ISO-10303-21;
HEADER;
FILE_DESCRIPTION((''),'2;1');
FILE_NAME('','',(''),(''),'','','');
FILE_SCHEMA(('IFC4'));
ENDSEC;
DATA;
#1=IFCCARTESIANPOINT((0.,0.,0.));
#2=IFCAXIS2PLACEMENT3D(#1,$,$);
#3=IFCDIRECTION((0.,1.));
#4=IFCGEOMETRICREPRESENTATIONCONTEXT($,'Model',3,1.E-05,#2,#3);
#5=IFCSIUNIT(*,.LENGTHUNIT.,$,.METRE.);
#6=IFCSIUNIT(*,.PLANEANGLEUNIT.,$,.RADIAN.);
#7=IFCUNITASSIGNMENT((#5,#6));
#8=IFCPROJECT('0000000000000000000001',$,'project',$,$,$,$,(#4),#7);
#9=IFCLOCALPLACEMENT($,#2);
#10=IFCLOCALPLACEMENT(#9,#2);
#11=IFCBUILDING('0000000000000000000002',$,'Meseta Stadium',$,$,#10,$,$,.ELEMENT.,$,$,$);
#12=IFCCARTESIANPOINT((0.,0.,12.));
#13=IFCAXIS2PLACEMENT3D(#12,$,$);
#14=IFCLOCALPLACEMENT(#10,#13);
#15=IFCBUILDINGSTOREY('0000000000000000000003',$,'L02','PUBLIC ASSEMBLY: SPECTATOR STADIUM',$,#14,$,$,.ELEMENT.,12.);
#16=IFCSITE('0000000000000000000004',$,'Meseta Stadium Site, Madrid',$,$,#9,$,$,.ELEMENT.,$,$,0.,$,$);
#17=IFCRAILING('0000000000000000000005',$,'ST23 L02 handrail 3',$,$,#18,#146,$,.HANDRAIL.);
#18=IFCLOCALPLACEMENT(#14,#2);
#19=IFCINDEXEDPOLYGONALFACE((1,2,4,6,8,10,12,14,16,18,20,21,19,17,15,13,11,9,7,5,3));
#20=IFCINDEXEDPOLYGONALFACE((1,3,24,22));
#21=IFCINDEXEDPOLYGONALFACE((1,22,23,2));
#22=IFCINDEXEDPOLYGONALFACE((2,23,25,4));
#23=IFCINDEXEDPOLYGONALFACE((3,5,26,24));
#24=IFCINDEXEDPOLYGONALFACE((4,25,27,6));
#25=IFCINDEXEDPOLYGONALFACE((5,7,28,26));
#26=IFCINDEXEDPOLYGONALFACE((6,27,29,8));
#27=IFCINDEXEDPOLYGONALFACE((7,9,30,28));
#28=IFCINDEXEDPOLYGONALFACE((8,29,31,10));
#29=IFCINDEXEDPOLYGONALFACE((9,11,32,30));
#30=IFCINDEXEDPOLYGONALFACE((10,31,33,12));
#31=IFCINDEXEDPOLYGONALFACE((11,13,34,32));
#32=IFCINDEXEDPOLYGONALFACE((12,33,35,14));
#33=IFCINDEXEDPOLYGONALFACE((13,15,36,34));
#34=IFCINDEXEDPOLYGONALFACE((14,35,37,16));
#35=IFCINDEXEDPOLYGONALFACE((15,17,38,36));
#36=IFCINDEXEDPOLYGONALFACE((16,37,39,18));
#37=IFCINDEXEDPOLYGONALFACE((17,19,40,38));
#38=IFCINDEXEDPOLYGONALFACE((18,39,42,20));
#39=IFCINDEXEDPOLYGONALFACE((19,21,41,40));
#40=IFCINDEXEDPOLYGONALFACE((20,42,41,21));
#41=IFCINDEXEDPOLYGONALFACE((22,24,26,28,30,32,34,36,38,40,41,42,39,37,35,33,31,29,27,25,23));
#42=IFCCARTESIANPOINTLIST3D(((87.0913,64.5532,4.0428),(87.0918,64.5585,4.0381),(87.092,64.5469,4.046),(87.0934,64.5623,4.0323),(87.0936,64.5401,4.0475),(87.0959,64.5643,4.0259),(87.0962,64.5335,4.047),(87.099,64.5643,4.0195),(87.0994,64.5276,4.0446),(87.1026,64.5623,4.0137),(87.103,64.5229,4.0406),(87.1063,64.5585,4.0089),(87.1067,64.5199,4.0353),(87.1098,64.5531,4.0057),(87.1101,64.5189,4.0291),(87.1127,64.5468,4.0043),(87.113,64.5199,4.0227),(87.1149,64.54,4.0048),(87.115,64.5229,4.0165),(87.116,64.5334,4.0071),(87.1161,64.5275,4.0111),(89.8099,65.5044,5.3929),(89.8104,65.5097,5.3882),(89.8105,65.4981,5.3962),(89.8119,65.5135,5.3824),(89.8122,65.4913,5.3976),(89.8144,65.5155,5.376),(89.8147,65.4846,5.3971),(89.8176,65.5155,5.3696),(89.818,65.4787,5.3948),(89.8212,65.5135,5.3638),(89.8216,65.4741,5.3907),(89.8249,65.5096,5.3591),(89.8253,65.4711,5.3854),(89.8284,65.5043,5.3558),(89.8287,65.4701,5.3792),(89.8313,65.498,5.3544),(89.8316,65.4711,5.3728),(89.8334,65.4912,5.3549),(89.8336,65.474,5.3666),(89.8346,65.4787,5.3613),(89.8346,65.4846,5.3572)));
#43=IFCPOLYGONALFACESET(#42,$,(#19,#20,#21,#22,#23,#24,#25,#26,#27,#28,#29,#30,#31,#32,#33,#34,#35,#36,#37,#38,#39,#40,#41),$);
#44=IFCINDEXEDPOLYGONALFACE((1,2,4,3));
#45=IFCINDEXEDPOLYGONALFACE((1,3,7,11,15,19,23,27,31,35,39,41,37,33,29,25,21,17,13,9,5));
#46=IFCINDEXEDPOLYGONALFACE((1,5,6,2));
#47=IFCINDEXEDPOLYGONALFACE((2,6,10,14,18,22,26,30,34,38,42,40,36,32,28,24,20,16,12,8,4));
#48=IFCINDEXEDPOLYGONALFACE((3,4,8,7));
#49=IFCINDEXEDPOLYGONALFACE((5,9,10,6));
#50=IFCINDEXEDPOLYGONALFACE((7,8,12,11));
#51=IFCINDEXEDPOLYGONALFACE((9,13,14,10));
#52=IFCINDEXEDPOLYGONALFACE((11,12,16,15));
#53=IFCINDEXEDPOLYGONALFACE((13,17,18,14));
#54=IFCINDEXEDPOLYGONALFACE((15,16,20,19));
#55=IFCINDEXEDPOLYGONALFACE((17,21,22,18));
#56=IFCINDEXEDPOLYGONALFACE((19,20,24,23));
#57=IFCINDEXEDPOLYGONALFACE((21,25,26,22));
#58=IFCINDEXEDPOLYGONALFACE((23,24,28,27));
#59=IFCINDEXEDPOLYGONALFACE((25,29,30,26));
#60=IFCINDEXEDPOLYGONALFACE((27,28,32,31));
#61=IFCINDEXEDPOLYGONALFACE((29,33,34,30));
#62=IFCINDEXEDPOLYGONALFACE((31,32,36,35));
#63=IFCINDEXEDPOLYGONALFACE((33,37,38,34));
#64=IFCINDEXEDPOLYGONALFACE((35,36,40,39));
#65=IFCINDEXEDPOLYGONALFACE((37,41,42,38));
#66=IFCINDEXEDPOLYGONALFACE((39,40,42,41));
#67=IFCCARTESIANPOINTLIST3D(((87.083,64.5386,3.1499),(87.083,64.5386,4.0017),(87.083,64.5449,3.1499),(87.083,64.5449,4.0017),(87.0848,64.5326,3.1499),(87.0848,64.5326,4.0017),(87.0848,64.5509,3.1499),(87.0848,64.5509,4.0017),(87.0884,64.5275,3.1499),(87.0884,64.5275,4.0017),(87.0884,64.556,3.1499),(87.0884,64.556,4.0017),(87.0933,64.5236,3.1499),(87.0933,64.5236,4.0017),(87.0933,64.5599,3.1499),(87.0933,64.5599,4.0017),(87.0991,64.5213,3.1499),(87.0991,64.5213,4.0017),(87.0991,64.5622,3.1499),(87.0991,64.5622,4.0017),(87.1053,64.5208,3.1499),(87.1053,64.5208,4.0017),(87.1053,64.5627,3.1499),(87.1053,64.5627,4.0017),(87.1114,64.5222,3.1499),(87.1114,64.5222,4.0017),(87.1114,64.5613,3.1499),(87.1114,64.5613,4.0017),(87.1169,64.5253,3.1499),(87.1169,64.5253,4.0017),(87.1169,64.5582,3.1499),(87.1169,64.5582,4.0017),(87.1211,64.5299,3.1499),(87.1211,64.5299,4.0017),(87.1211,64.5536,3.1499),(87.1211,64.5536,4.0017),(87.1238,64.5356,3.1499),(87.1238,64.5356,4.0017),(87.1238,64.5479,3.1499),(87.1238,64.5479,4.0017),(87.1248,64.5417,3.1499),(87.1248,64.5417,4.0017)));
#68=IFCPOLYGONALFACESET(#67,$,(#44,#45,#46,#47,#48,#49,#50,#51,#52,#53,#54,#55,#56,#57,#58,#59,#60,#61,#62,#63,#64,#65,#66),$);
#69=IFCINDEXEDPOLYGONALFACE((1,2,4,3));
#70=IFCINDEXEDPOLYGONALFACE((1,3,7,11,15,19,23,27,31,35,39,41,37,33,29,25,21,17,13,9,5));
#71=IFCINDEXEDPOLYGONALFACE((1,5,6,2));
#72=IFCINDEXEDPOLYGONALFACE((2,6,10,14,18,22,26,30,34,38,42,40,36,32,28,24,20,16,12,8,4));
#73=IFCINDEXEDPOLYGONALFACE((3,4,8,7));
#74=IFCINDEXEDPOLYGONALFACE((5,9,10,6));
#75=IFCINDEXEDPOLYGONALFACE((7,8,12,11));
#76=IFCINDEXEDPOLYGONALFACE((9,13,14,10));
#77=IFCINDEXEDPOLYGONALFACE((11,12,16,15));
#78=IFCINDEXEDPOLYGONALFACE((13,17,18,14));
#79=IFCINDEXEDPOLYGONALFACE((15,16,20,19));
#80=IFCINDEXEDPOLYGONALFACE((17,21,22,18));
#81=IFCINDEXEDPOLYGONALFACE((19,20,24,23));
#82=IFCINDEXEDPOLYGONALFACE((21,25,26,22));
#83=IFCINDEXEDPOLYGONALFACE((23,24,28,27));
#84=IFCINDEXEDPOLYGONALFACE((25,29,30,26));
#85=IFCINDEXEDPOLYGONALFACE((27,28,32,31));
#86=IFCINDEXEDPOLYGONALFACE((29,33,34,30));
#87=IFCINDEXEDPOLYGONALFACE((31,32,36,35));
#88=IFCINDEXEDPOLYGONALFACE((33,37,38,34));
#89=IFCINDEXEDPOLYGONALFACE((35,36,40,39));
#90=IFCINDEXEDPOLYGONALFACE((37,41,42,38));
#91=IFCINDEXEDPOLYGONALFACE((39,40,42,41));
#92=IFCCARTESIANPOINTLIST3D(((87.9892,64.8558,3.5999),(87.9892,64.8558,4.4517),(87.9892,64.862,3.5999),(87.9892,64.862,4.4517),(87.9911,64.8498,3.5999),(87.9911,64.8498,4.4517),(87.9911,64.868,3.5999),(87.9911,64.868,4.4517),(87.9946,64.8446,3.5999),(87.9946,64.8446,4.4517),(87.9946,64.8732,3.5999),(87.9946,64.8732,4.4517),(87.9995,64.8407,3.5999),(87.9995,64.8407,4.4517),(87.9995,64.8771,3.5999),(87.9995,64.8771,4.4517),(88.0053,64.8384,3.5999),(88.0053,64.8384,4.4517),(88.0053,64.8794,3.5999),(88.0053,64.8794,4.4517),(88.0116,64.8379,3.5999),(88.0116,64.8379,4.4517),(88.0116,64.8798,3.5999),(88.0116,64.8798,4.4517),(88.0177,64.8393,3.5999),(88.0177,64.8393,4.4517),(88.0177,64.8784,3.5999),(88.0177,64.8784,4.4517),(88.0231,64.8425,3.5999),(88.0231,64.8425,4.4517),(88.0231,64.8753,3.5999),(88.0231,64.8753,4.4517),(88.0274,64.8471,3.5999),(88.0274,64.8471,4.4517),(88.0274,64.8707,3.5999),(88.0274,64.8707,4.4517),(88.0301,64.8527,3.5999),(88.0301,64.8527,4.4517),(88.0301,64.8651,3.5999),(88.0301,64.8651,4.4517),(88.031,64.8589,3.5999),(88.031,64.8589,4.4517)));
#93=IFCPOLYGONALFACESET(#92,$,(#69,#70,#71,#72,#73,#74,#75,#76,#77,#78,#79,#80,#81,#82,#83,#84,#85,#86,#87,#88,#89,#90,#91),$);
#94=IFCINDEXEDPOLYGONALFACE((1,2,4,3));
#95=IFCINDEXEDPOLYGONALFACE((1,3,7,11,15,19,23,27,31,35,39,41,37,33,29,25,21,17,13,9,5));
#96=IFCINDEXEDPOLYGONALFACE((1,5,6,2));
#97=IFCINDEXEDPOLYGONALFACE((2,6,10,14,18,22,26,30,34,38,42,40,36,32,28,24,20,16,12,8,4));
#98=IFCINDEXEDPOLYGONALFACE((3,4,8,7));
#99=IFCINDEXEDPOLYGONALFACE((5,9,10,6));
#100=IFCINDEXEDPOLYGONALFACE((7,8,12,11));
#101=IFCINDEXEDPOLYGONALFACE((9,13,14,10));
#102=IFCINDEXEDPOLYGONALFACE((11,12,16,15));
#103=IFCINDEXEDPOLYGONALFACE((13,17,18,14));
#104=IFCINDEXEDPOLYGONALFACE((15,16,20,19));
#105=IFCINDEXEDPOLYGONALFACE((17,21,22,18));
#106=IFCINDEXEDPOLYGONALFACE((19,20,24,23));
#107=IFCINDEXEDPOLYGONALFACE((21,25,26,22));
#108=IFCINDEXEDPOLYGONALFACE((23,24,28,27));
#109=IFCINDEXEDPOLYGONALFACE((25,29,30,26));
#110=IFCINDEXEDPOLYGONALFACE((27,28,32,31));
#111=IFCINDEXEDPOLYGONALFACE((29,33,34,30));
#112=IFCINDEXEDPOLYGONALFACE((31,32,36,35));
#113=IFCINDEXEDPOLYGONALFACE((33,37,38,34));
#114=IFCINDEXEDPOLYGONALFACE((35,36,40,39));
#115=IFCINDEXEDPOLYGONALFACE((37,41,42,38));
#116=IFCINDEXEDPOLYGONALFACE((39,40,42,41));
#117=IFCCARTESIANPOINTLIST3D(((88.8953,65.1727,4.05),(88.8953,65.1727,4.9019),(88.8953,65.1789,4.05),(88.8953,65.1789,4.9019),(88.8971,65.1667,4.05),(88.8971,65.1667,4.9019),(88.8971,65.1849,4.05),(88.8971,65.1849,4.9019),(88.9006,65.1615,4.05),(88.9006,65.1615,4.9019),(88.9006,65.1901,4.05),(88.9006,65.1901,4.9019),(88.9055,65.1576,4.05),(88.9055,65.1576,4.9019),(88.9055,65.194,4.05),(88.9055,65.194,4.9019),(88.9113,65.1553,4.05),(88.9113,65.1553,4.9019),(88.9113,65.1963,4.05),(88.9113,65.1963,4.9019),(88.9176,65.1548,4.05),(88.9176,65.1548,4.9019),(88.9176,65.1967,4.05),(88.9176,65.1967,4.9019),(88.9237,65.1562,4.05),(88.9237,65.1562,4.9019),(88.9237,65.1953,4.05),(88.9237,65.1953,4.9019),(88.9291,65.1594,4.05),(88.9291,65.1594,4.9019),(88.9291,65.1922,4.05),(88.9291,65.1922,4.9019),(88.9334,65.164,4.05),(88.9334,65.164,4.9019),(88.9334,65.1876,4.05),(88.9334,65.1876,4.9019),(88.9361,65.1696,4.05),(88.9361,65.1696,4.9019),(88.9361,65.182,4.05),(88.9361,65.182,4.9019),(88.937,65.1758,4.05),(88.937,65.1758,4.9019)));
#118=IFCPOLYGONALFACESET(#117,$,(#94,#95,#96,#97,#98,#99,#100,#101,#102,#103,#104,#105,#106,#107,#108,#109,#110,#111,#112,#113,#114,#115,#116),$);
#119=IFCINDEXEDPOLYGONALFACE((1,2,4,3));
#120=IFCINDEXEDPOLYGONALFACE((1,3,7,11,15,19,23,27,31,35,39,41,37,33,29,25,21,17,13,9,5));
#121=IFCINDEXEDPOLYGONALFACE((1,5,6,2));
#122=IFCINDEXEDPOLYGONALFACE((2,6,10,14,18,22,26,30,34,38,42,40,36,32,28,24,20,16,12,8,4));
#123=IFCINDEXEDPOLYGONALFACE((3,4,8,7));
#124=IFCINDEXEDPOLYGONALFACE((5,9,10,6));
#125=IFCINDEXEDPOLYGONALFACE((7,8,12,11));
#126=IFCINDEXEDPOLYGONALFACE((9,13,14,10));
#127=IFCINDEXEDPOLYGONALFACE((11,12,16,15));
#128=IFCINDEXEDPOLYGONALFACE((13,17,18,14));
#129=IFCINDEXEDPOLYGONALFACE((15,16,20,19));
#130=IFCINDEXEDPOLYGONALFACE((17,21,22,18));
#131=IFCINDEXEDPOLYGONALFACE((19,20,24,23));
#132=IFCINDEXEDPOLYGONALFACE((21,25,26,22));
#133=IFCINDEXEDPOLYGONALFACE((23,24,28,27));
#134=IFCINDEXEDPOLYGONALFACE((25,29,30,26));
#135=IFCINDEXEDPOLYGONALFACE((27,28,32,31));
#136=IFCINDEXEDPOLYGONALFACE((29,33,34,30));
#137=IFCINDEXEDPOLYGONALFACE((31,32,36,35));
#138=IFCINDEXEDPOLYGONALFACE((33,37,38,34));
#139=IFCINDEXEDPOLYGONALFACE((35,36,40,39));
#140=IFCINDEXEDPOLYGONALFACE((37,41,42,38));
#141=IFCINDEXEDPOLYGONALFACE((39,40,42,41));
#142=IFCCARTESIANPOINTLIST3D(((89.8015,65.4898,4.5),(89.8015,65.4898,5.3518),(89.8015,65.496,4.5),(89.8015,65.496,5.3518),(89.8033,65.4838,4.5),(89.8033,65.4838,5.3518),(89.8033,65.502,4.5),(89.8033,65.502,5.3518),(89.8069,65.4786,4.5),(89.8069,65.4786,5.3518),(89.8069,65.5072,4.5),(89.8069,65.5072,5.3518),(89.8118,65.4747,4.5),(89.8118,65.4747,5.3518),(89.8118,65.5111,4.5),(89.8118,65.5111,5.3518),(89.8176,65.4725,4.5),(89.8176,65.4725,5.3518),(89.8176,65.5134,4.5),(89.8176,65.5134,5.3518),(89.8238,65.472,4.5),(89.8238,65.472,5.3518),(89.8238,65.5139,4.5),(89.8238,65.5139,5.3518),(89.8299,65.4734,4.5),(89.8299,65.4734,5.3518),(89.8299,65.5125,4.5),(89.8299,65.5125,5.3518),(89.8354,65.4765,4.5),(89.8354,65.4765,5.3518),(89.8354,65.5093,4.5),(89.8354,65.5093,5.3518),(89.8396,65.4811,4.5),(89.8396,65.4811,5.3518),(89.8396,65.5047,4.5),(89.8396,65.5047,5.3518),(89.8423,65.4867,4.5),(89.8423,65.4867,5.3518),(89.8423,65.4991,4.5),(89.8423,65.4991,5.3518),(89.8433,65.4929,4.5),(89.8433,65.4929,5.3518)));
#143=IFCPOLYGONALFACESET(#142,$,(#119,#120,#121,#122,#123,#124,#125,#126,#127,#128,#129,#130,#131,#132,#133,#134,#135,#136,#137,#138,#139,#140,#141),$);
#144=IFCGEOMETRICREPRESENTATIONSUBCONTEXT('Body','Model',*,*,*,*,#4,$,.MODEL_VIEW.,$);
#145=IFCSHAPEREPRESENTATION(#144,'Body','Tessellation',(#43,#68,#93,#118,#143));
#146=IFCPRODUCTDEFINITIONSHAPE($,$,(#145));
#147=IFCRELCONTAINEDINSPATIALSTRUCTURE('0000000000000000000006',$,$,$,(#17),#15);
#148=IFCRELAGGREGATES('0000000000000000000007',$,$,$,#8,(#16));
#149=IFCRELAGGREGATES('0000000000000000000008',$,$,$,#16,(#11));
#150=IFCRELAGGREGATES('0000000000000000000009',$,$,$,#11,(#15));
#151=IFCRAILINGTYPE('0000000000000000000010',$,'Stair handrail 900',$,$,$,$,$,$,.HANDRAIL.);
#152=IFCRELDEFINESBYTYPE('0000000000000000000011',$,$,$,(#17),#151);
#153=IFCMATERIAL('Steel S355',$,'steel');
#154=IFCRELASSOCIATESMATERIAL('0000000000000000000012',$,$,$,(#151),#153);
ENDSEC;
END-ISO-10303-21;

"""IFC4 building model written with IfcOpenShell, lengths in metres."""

from ifc_helpers import new_model, si_unit, direction, frame, origin, origin_2d, place, context, subcontext, project, spatial, circle, extrude, material, type_object, element, save


model = new_model("IFC4")

# Units and contexts
model_context = context("Model", 3, precision=1e-05, world=origin(), true_north=direction((0.0, 1.0)))
body_context = subcontext(model_context, "Body", "Model", "MODEL_VIEW")
ifc_project = project(units=[si_unit("LENGTHUNIT", "METRE"), si_unit("PLANEANGLEUNIT", "RADIAN")], contexts=[model_context])

# Site, building, storey
site_placement = place(None, origin())
site = spatial("IfcSite", under=ifc_project, at=site_placement, Name="Meseta Stadium Site, Madrid", CompositionType="ELEMENT", RefElevation=0.0)
building_placement = place(site_placement, origin())
building = spatial("IfcBuilding", under=site, at=building_placement, Name="Meseta Stadium", CompositionType="ELEMENT")
storey_placement = place(building_placement, frame((0.0, 0.0, 12.0)))
storey = spatial("IfcBuildingStorey", under=building, at=storey_placement, Name="L02", Description="PUBLIC ASSEMBLY: SPECTATOR STADIUM", CompositionType="ELEMENT", Elevation=12.0)

# Railing
ifc_material_1 = material(Name="Steel S355", Category="steel")
railing_type_1 = type_object("IfcRailingType", Name="Stair handrail 900", PredefinedType="HANDRAIL", material=ifc_material_1)
railing_1_placement = place(storey_placement, frame((87.1038, 64.5417, 3.1499)))
element("IfcRailing", 1, at=railing_1_placement, inside=storey, type_object=railing_type_1, Name="ST23 L02 handrail 3", PredefinedType="HANDRAIL", context=body_context, shape_type="SweptSolid", body=[
    extrude(circle(Radius=0.0239, at=origin_2d()), frame((0.0, 0.0, 0.876), z_axis=(0.854649, 0.299031, 0.424446), x_axis=(-0.330256, 0.943891, 0.0)), (0.0, 0.0, 1.0), 3.1809),
    extrude(circle(Radius=0.021, at=origin_2d()), origin(), (0.0, 0.0, 1.0), 0.8518),
    extrude(circle(Radius=0.021, at=origin_2d()), frame((0.9062, 0.3171, 0.45)), (0.0, 0.0, 1.0), 0.8518),
    extrude(circle(Radius=0.021, at=origin_2d()), frame((1.8123, 0.634, 0.9001)), (0.0, 0.0, 1.0), 0.8518),
    extrude(circle(Radius=0.021, at=origin_2d()), frame((2.7185, 0.9512, 1.3501)), (0.0, 0.0, 1.0), 0.8518),
])

save(model, "model.ifc")
